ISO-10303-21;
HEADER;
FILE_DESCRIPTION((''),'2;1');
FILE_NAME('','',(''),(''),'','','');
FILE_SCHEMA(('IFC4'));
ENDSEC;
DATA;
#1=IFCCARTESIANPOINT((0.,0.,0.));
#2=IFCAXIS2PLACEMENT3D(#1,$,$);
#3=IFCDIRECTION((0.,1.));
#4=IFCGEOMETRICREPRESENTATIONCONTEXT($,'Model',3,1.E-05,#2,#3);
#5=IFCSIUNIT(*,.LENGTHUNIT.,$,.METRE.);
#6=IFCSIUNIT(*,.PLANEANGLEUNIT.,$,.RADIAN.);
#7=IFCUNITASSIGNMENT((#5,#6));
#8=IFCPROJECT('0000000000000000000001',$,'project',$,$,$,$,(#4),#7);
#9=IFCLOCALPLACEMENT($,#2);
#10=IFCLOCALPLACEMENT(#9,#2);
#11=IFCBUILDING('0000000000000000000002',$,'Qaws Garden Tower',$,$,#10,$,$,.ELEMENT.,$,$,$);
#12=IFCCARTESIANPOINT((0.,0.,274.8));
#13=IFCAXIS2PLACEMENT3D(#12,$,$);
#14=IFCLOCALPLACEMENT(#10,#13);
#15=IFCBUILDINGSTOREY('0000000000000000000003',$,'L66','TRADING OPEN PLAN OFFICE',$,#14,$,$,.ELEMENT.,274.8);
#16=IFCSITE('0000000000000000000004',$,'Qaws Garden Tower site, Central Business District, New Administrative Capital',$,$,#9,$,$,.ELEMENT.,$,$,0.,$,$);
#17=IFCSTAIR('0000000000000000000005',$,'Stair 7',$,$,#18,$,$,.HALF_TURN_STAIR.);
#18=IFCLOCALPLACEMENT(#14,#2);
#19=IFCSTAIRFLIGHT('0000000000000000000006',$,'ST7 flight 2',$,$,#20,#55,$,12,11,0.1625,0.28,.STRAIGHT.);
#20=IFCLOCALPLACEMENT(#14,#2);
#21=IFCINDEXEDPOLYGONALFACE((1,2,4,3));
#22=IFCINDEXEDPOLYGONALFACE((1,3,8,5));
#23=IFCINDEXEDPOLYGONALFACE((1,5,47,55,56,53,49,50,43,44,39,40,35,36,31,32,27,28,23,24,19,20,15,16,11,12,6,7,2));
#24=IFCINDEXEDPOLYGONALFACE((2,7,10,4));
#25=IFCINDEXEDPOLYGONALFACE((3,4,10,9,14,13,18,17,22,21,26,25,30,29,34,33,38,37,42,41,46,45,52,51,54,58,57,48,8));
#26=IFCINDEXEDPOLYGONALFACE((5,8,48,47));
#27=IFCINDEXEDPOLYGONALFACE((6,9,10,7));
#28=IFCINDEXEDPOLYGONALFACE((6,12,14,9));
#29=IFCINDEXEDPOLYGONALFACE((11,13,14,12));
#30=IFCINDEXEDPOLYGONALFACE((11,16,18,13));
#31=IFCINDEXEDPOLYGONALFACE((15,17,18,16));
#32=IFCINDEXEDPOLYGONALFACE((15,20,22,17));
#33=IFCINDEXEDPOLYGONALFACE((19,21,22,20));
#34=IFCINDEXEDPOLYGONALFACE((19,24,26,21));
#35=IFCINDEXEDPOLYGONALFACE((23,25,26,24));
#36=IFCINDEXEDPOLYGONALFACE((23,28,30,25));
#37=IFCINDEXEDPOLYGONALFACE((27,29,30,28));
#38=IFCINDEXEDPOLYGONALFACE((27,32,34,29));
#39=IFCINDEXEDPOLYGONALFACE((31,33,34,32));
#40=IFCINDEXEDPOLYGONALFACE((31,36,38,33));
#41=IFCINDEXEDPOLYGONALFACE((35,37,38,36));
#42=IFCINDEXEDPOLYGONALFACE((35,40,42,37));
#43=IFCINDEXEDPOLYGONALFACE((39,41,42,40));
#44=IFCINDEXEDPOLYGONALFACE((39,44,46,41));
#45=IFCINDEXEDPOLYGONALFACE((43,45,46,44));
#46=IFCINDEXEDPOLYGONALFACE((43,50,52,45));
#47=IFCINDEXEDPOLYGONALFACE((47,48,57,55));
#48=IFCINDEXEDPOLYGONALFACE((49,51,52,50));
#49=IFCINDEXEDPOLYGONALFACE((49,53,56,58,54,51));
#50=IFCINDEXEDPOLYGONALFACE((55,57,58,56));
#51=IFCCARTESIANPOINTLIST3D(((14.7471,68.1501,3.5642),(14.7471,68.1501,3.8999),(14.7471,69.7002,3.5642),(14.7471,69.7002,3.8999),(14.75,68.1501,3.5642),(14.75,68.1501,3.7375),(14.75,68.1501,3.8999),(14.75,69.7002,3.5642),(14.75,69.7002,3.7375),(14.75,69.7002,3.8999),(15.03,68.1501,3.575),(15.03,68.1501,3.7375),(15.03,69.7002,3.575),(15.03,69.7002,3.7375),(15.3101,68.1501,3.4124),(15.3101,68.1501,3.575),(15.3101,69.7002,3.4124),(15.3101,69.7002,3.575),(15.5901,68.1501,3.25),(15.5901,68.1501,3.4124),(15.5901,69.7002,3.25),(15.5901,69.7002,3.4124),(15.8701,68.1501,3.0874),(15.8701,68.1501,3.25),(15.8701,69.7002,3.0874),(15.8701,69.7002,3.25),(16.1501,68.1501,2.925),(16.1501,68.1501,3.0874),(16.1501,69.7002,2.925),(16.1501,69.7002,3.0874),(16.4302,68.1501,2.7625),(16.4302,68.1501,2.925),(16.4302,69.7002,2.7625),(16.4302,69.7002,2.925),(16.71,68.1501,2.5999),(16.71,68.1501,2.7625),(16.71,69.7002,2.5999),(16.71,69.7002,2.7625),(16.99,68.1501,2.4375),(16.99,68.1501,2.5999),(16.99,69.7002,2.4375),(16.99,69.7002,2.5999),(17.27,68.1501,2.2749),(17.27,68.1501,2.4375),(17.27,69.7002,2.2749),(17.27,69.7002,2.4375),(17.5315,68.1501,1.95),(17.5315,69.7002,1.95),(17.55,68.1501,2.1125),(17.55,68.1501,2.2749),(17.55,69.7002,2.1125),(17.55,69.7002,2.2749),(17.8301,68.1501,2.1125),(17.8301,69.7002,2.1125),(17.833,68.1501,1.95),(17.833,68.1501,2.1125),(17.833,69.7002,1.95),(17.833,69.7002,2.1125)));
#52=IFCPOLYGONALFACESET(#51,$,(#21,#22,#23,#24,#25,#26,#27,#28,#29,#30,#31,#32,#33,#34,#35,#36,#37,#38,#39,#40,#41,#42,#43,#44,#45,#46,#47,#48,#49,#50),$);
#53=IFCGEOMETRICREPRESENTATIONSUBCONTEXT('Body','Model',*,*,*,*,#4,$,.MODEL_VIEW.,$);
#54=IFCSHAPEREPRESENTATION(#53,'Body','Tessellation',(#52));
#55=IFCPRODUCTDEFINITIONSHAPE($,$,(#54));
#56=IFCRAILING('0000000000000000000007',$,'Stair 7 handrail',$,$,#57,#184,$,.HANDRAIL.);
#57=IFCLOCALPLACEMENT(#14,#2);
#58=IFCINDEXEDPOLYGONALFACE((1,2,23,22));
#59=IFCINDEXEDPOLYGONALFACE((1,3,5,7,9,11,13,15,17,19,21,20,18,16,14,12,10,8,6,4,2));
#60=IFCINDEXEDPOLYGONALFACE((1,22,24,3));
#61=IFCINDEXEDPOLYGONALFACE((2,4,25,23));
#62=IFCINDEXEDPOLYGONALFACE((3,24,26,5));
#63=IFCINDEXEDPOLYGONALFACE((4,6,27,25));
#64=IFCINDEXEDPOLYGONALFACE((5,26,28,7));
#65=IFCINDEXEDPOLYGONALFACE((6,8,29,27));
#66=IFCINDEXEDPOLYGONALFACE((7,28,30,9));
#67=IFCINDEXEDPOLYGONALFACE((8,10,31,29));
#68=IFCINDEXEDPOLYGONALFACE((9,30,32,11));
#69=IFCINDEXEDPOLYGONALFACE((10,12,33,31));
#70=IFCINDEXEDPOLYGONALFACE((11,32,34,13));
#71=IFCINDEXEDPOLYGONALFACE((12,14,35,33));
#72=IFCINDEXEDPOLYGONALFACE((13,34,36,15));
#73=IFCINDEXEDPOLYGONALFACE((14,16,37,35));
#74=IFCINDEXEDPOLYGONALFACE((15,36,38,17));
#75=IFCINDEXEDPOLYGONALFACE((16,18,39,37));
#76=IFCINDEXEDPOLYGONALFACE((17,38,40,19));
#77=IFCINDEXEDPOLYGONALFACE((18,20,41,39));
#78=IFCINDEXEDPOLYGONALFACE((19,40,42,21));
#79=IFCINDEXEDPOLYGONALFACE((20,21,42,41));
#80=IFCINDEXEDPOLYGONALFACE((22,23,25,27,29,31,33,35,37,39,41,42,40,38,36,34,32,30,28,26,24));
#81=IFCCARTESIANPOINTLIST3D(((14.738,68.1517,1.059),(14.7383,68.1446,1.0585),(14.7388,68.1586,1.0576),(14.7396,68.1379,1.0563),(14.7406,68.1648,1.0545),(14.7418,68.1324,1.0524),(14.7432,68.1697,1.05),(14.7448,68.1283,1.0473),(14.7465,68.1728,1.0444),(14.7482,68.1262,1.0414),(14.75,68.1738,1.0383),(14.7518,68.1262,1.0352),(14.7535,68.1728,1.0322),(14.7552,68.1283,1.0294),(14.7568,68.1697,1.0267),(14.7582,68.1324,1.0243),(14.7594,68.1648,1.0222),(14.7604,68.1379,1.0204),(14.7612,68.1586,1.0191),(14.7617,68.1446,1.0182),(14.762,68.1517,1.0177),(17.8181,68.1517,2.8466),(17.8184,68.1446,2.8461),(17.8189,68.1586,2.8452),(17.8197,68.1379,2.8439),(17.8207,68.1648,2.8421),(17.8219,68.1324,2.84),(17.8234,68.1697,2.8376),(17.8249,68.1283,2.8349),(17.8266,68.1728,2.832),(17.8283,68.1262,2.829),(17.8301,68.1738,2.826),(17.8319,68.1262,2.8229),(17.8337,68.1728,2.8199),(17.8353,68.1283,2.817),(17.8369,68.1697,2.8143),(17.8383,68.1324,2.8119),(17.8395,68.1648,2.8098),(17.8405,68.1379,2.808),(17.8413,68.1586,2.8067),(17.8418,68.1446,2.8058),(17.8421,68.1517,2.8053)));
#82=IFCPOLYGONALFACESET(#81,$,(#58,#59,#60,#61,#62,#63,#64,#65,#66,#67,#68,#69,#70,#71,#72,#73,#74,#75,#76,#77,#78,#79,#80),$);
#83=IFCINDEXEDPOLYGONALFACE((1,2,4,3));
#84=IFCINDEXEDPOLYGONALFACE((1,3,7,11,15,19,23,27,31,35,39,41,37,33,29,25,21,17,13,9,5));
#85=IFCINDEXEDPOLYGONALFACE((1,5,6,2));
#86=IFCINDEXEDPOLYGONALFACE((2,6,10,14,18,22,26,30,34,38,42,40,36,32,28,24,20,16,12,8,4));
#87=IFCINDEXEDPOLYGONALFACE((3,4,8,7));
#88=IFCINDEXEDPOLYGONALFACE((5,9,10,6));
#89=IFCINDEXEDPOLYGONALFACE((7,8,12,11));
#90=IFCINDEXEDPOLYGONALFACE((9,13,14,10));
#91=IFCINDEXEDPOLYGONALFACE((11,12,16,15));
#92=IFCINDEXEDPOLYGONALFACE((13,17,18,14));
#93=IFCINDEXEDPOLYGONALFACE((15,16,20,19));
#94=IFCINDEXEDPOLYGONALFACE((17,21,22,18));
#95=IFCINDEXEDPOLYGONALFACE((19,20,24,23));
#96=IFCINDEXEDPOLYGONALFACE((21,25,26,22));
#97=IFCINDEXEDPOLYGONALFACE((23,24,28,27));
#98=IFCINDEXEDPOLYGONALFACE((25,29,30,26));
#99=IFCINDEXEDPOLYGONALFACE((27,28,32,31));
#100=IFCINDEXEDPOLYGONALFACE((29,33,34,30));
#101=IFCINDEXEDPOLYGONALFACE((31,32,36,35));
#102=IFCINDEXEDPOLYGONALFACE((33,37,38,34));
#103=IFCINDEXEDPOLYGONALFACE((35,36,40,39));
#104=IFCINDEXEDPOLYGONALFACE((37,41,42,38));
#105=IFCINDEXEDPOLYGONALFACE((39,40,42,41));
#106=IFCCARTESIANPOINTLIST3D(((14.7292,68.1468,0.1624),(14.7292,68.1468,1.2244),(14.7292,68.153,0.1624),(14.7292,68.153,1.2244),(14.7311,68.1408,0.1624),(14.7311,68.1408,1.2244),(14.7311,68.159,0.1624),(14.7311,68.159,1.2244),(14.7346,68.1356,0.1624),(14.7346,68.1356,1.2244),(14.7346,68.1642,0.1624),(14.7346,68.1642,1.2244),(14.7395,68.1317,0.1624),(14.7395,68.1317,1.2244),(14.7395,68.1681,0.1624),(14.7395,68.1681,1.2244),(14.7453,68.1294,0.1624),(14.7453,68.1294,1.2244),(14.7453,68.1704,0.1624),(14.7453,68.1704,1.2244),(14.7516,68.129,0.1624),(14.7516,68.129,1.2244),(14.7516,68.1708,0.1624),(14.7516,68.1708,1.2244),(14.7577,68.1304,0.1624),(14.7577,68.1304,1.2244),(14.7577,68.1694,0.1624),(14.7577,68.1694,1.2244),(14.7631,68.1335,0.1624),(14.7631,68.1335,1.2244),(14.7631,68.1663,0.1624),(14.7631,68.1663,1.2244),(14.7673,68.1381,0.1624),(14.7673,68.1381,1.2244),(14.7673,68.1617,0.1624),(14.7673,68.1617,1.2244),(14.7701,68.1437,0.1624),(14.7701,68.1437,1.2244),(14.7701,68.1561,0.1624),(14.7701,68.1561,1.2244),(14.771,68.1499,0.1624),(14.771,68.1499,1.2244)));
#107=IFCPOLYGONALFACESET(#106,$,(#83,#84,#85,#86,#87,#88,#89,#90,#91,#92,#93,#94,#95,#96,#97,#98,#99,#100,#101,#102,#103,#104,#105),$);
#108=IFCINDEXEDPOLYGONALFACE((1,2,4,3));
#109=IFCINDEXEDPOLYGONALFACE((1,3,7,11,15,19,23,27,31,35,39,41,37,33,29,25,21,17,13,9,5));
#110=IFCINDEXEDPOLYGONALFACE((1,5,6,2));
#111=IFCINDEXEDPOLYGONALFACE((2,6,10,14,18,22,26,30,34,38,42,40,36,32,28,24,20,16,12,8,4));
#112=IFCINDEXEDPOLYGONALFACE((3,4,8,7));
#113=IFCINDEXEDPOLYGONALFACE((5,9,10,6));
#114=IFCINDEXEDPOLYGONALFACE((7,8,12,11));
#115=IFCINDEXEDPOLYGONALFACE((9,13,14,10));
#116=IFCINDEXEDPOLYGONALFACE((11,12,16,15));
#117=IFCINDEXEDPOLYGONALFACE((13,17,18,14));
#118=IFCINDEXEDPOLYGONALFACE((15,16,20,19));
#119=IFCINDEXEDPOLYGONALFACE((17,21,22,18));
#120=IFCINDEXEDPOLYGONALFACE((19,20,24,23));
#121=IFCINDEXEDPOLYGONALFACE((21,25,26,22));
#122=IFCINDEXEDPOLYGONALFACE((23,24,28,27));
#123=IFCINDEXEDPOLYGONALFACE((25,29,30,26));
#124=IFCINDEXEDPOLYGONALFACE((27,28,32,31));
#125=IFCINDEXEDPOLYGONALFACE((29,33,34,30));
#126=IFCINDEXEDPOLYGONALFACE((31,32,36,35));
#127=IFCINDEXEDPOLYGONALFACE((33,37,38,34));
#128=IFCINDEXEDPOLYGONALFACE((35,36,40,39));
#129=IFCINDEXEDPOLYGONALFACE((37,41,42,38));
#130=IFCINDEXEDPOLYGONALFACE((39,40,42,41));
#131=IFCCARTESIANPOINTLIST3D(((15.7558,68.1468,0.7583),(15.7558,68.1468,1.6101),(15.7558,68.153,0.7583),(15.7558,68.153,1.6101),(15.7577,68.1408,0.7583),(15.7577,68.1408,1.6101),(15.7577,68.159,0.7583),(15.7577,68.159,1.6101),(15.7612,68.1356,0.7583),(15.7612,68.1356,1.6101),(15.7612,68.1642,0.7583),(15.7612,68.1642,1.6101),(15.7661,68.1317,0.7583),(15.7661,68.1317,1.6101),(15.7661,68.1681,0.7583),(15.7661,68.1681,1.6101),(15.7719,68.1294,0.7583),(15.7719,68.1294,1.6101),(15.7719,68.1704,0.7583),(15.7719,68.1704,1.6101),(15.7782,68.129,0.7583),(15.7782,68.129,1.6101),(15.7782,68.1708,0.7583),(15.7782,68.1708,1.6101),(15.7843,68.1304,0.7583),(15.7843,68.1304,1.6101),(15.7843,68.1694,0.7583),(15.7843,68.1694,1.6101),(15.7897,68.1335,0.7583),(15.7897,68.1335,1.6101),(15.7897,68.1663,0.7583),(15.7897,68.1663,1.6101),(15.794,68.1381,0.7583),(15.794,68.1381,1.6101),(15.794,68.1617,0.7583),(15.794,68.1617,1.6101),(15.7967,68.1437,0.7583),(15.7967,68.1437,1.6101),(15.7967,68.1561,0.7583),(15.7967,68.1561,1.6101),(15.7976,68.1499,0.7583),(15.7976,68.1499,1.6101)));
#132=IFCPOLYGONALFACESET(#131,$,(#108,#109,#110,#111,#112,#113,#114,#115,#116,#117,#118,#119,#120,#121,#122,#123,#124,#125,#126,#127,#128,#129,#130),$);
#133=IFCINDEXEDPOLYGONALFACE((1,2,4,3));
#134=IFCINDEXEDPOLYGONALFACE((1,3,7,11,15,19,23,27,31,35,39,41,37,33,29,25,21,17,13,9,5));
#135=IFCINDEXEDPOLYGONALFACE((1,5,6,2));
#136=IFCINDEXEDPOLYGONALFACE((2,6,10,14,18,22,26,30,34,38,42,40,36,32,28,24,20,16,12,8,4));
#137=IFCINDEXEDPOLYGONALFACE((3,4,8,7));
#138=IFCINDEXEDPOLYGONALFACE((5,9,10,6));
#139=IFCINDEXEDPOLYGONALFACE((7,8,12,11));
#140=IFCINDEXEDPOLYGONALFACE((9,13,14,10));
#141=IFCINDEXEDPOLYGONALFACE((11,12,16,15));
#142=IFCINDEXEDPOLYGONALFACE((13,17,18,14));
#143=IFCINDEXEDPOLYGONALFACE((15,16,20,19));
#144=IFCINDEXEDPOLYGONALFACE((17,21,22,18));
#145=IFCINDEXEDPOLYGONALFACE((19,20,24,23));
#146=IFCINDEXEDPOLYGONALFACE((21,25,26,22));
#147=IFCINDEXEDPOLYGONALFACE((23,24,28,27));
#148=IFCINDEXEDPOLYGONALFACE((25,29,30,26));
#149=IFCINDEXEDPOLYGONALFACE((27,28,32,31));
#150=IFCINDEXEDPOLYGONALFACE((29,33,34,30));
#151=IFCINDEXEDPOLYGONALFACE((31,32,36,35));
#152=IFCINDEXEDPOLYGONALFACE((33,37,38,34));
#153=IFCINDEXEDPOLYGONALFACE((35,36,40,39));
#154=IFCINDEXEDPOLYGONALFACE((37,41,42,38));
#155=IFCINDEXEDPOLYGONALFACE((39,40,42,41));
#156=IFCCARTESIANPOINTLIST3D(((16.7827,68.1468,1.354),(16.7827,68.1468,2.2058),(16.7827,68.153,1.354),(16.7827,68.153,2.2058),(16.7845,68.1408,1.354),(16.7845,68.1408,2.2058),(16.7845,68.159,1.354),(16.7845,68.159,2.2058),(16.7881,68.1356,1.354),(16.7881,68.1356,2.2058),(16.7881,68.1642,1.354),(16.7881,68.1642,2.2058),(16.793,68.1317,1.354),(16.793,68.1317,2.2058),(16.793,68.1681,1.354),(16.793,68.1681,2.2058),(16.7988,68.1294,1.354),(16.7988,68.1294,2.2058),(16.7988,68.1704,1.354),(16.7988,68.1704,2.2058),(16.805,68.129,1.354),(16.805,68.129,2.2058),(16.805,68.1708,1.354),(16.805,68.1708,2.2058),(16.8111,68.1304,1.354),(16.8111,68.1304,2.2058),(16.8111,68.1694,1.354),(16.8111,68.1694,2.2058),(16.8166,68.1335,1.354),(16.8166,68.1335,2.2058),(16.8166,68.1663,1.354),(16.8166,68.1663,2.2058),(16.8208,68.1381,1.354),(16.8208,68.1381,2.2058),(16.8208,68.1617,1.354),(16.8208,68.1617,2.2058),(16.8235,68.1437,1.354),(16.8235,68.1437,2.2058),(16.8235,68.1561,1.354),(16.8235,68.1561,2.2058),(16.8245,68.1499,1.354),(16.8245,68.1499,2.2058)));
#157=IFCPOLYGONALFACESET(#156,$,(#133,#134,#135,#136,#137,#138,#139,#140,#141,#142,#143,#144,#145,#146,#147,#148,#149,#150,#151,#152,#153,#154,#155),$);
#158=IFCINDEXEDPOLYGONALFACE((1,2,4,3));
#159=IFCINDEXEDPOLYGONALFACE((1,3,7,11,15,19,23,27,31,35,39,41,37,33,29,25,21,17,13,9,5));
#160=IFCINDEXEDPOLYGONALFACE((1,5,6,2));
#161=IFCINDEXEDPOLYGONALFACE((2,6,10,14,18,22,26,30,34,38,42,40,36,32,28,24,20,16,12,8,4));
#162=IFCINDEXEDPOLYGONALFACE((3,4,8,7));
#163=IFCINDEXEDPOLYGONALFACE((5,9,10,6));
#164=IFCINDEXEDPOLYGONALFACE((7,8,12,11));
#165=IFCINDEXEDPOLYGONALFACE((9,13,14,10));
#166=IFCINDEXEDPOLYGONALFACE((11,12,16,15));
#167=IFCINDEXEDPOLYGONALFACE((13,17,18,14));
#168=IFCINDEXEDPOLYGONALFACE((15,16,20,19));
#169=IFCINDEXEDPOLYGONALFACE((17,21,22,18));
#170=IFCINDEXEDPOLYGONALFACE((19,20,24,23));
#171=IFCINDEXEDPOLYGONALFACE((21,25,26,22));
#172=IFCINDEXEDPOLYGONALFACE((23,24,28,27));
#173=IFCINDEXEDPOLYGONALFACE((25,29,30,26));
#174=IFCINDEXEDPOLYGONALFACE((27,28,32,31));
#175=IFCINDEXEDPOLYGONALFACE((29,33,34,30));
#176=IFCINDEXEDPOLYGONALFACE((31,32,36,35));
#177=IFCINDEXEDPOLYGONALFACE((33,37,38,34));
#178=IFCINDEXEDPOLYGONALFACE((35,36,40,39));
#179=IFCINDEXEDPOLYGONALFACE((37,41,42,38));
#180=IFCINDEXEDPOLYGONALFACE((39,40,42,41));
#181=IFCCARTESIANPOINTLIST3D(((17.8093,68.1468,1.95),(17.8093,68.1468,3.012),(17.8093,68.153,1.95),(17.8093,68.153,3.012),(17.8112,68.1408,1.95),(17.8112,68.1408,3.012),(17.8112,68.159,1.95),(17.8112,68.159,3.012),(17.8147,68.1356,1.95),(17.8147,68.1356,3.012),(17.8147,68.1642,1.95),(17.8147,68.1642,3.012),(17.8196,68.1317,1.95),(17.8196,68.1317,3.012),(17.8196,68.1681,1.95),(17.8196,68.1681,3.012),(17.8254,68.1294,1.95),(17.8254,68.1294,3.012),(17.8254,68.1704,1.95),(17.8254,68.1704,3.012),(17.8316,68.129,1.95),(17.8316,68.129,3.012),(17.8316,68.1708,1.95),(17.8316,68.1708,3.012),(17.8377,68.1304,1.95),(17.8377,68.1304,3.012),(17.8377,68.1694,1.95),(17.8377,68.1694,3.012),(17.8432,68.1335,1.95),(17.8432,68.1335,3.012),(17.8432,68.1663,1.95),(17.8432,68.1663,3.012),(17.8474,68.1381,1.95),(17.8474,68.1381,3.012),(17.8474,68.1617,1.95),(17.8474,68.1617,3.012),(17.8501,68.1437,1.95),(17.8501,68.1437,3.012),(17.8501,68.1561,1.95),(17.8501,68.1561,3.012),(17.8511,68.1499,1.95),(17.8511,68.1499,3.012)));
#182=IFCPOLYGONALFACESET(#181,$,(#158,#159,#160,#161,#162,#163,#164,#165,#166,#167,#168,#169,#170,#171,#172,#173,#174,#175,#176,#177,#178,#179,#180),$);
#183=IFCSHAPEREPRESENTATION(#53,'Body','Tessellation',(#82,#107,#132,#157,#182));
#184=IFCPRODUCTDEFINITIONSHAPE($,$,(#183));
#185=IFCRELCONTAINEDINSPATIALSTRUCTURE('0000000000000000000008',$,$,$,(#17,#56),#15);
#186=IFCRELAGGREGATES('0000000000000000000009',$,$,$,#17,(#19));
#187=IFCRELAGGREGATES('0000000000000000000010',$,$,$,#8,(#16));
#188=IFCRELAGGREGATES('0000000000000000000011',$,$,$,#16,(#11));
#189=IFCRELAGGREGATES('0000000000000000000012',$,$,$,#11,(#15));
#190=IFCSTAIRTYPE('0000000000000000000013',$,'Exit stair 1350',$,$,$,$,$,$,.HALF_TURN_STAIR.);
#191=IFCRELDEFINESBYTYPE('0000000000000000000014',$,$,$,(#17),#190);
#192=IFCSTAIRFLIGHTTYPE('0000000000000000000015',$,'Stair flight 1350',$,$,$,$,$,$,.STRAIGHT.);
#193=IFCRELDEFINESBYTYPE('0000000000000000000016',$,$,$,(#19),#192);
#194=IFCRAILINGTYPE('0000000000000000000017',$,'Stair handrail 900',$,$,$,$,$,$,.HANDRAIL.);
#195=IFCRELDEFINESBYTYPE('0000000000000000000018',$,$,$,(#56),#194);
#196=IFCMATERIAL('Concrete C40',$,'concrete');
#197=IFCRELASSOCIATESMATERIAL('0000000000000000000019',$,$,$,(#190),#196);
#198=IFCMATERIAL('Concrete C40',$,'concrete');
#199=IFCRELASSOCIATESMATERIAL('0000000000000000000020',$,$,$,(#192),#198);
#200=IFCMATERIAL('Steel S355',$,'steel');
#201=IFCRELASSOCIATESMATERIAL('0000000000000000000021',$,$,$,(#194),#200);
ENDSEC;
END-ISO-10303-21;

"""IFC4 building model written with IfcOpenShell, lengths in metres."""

from ifc_helpers import new_model, si_unit, direction, frame, origin, origin_2d, place, context, subcontext, project, spatial, polyline, circle, outline, extrude, material, type_object, element, aggregate, save


model = new_model("IFC4")

# Units and contexts
model_context = context("Model", 3, precision=1e-05, world=origin(), true_north=direction((0.0, 1.0)))
body_context = subcontext(model_context, "Body", "Model", "MODEL_VIEW")
ifc_project = project(units=[si_unit("LENGTHUNIT", "METRE"), si_unit("PLANEANGLEUNIT", "RADIAN")], contexts=[model_context])

# Site, building, storey
site_placement = place(None, origin())
site = spatial("IfcSite", under=ifc_project, at=site_placement, Name="Qaws Garden Tower site, Central Business District, New Administrative Capital", CompositionType="ELEMENT", RefElevation=0.0)
building_placement = place(site_placement, origin())
building = spatial("IfcBuilding", under=site, at=building_placement, Name="Qaws Garden Tower", CompositionType="ELEMENT")
storey_placement = place(building_placement, frame((0.0, 0.0, 274.8)))
storey = spatial("IfcBuildingStorey", under=building, at=storey_placement, Name="L66", Description="TRADING OPEN PLAN OFFICE", CompositionType="ELEMENT", Elevation=274.8)

# Stair, stair flight
ifc_material_1 = material(Name="Concrete C40", Category="concrete")
stair_type = type_object("IfcStairType", Name="Exit stair 1350", PredefinedType="HALF_TURN_STAIR", material=ifc_material_1)
stair_placement = place(storey_placement, origin())
stair = element("IfcStair", 1, at=stair_placement, inside=storey, type_object=stair_type, Name="Stair 7", PredefinedType="HALF_TURN_STAIR")
ifc_material_2 = material(Name="Concrete C40", Category="concrete")
stair_flight_type = type_object("IfcStairFlightType", Name="Stair flight 1350", PredefinedType="STRAIGHT", material=ifc_material_2)
stair_flight_1_placement = place(storey_placement, frame((17.8301, 68.925, 1.95), z_axis=(0.0, 0.0, 1.0), x_axis=(-1.0, 0.0, 0.0)))
stair_flight_1 = element("IfcStairFlight", 2, at=stair_flight_1_placement, type_object=stair_flight_type, Name="ST7 flight 2", NumberOfRisers=12, NumberOfTreads=11, PredefinedType="STRAIGHT", RiserHeight=0.1625, TreadLength=0.28, context=body_context, shape_type="SweptSolid", body=[
    extrude(outline(polyline([(-0.0029, 0.0), (-0.0029, 0.1626), (0.0, 0.1626), (0.28, 0.1626), (0.28, 0.325), (0.5601, 0.325), (0.5601, 0.4875), (0.8401, 0.4875), (0.8401, 0.6499), (1.1201, 0.6499), (1.1201, 0.8125), (1.3999, 0.8125), (1.3999, 0.9751), (1.6799, 0.9751), (1.6799, 1.1375), (1.96, 1.1375), (1.96, 1.3), (2.24, 1.3), (2.24, 1.4624), (2.52, 1.4624), (2.52, 1.625), (2.8, 1.625), (2.8, 1.7876), (3.0801, 1.7876), (3.0801, 1.95), (3.083, 1.95), (3.083, 1.6143), (3.0801, 1.6143), (0.2986, 0.0), (-0.0029, 0.0)])), frame((0.0, 0.7749, 0.0), z_axis=(0.0, -1.0, 0.0), x_axis=(1.0, 0.0, 0.0)), (0.0, 0.0, 1.0), 1.55),
])
aggregate(stair, [stair_flight_1])

# Railing
ifc_material_3 = material(Name="Steel S355", Category="steel")
railing_type = type_object("IfcRailingType", Name="Stair handrail 900", PredefinedType="HANDRAIL", material=ifc_material_3)
railing_1_placement = place(storey_placement, frame((14.75, 68.1499, 0.1624)))
element("IfcRailing", 3, at=railing_1_placement, inside=storey, type_object=railing_type, Name="Stair 7 handrail", PredefinedType="HANDRAIL", context=body_context, shape_type="SweptSolid", body=[
    extrude(circle(Radius=0.0239, at=origin_2d()), frame((0.0, 0.0, 0.876), z_axis=(0.864891, 0.0, 0.50196), x_axis=(0.0, 1.0, 0.0)), (0.0, 0.0, 1.0), 3.5613),
    extrude(circle(Radius=0.021, at=origin_2d()), origin(), (0.0, 0.0, 1.0), 1.062),
    extrude(circle(Radius=0.021, at=origin_2d()), frame((1.0266, 0.0, 0.5959)), (0.0, 0.0, 1.0), 0.8518),
    extrude(circle(Radius=0.021, at=origin_2d()), frame((2.0535, 0.0, 1.1917)), (0.0, 0.0, 1.0), 0.8518),
    extrude(circle(Radius=0.021, at=origin_2d()), frame((3.0801, 0.0, 1.7876)), (0.0, 0.0, 1.0), 1.062),
])

save(model, "model.ifc")
